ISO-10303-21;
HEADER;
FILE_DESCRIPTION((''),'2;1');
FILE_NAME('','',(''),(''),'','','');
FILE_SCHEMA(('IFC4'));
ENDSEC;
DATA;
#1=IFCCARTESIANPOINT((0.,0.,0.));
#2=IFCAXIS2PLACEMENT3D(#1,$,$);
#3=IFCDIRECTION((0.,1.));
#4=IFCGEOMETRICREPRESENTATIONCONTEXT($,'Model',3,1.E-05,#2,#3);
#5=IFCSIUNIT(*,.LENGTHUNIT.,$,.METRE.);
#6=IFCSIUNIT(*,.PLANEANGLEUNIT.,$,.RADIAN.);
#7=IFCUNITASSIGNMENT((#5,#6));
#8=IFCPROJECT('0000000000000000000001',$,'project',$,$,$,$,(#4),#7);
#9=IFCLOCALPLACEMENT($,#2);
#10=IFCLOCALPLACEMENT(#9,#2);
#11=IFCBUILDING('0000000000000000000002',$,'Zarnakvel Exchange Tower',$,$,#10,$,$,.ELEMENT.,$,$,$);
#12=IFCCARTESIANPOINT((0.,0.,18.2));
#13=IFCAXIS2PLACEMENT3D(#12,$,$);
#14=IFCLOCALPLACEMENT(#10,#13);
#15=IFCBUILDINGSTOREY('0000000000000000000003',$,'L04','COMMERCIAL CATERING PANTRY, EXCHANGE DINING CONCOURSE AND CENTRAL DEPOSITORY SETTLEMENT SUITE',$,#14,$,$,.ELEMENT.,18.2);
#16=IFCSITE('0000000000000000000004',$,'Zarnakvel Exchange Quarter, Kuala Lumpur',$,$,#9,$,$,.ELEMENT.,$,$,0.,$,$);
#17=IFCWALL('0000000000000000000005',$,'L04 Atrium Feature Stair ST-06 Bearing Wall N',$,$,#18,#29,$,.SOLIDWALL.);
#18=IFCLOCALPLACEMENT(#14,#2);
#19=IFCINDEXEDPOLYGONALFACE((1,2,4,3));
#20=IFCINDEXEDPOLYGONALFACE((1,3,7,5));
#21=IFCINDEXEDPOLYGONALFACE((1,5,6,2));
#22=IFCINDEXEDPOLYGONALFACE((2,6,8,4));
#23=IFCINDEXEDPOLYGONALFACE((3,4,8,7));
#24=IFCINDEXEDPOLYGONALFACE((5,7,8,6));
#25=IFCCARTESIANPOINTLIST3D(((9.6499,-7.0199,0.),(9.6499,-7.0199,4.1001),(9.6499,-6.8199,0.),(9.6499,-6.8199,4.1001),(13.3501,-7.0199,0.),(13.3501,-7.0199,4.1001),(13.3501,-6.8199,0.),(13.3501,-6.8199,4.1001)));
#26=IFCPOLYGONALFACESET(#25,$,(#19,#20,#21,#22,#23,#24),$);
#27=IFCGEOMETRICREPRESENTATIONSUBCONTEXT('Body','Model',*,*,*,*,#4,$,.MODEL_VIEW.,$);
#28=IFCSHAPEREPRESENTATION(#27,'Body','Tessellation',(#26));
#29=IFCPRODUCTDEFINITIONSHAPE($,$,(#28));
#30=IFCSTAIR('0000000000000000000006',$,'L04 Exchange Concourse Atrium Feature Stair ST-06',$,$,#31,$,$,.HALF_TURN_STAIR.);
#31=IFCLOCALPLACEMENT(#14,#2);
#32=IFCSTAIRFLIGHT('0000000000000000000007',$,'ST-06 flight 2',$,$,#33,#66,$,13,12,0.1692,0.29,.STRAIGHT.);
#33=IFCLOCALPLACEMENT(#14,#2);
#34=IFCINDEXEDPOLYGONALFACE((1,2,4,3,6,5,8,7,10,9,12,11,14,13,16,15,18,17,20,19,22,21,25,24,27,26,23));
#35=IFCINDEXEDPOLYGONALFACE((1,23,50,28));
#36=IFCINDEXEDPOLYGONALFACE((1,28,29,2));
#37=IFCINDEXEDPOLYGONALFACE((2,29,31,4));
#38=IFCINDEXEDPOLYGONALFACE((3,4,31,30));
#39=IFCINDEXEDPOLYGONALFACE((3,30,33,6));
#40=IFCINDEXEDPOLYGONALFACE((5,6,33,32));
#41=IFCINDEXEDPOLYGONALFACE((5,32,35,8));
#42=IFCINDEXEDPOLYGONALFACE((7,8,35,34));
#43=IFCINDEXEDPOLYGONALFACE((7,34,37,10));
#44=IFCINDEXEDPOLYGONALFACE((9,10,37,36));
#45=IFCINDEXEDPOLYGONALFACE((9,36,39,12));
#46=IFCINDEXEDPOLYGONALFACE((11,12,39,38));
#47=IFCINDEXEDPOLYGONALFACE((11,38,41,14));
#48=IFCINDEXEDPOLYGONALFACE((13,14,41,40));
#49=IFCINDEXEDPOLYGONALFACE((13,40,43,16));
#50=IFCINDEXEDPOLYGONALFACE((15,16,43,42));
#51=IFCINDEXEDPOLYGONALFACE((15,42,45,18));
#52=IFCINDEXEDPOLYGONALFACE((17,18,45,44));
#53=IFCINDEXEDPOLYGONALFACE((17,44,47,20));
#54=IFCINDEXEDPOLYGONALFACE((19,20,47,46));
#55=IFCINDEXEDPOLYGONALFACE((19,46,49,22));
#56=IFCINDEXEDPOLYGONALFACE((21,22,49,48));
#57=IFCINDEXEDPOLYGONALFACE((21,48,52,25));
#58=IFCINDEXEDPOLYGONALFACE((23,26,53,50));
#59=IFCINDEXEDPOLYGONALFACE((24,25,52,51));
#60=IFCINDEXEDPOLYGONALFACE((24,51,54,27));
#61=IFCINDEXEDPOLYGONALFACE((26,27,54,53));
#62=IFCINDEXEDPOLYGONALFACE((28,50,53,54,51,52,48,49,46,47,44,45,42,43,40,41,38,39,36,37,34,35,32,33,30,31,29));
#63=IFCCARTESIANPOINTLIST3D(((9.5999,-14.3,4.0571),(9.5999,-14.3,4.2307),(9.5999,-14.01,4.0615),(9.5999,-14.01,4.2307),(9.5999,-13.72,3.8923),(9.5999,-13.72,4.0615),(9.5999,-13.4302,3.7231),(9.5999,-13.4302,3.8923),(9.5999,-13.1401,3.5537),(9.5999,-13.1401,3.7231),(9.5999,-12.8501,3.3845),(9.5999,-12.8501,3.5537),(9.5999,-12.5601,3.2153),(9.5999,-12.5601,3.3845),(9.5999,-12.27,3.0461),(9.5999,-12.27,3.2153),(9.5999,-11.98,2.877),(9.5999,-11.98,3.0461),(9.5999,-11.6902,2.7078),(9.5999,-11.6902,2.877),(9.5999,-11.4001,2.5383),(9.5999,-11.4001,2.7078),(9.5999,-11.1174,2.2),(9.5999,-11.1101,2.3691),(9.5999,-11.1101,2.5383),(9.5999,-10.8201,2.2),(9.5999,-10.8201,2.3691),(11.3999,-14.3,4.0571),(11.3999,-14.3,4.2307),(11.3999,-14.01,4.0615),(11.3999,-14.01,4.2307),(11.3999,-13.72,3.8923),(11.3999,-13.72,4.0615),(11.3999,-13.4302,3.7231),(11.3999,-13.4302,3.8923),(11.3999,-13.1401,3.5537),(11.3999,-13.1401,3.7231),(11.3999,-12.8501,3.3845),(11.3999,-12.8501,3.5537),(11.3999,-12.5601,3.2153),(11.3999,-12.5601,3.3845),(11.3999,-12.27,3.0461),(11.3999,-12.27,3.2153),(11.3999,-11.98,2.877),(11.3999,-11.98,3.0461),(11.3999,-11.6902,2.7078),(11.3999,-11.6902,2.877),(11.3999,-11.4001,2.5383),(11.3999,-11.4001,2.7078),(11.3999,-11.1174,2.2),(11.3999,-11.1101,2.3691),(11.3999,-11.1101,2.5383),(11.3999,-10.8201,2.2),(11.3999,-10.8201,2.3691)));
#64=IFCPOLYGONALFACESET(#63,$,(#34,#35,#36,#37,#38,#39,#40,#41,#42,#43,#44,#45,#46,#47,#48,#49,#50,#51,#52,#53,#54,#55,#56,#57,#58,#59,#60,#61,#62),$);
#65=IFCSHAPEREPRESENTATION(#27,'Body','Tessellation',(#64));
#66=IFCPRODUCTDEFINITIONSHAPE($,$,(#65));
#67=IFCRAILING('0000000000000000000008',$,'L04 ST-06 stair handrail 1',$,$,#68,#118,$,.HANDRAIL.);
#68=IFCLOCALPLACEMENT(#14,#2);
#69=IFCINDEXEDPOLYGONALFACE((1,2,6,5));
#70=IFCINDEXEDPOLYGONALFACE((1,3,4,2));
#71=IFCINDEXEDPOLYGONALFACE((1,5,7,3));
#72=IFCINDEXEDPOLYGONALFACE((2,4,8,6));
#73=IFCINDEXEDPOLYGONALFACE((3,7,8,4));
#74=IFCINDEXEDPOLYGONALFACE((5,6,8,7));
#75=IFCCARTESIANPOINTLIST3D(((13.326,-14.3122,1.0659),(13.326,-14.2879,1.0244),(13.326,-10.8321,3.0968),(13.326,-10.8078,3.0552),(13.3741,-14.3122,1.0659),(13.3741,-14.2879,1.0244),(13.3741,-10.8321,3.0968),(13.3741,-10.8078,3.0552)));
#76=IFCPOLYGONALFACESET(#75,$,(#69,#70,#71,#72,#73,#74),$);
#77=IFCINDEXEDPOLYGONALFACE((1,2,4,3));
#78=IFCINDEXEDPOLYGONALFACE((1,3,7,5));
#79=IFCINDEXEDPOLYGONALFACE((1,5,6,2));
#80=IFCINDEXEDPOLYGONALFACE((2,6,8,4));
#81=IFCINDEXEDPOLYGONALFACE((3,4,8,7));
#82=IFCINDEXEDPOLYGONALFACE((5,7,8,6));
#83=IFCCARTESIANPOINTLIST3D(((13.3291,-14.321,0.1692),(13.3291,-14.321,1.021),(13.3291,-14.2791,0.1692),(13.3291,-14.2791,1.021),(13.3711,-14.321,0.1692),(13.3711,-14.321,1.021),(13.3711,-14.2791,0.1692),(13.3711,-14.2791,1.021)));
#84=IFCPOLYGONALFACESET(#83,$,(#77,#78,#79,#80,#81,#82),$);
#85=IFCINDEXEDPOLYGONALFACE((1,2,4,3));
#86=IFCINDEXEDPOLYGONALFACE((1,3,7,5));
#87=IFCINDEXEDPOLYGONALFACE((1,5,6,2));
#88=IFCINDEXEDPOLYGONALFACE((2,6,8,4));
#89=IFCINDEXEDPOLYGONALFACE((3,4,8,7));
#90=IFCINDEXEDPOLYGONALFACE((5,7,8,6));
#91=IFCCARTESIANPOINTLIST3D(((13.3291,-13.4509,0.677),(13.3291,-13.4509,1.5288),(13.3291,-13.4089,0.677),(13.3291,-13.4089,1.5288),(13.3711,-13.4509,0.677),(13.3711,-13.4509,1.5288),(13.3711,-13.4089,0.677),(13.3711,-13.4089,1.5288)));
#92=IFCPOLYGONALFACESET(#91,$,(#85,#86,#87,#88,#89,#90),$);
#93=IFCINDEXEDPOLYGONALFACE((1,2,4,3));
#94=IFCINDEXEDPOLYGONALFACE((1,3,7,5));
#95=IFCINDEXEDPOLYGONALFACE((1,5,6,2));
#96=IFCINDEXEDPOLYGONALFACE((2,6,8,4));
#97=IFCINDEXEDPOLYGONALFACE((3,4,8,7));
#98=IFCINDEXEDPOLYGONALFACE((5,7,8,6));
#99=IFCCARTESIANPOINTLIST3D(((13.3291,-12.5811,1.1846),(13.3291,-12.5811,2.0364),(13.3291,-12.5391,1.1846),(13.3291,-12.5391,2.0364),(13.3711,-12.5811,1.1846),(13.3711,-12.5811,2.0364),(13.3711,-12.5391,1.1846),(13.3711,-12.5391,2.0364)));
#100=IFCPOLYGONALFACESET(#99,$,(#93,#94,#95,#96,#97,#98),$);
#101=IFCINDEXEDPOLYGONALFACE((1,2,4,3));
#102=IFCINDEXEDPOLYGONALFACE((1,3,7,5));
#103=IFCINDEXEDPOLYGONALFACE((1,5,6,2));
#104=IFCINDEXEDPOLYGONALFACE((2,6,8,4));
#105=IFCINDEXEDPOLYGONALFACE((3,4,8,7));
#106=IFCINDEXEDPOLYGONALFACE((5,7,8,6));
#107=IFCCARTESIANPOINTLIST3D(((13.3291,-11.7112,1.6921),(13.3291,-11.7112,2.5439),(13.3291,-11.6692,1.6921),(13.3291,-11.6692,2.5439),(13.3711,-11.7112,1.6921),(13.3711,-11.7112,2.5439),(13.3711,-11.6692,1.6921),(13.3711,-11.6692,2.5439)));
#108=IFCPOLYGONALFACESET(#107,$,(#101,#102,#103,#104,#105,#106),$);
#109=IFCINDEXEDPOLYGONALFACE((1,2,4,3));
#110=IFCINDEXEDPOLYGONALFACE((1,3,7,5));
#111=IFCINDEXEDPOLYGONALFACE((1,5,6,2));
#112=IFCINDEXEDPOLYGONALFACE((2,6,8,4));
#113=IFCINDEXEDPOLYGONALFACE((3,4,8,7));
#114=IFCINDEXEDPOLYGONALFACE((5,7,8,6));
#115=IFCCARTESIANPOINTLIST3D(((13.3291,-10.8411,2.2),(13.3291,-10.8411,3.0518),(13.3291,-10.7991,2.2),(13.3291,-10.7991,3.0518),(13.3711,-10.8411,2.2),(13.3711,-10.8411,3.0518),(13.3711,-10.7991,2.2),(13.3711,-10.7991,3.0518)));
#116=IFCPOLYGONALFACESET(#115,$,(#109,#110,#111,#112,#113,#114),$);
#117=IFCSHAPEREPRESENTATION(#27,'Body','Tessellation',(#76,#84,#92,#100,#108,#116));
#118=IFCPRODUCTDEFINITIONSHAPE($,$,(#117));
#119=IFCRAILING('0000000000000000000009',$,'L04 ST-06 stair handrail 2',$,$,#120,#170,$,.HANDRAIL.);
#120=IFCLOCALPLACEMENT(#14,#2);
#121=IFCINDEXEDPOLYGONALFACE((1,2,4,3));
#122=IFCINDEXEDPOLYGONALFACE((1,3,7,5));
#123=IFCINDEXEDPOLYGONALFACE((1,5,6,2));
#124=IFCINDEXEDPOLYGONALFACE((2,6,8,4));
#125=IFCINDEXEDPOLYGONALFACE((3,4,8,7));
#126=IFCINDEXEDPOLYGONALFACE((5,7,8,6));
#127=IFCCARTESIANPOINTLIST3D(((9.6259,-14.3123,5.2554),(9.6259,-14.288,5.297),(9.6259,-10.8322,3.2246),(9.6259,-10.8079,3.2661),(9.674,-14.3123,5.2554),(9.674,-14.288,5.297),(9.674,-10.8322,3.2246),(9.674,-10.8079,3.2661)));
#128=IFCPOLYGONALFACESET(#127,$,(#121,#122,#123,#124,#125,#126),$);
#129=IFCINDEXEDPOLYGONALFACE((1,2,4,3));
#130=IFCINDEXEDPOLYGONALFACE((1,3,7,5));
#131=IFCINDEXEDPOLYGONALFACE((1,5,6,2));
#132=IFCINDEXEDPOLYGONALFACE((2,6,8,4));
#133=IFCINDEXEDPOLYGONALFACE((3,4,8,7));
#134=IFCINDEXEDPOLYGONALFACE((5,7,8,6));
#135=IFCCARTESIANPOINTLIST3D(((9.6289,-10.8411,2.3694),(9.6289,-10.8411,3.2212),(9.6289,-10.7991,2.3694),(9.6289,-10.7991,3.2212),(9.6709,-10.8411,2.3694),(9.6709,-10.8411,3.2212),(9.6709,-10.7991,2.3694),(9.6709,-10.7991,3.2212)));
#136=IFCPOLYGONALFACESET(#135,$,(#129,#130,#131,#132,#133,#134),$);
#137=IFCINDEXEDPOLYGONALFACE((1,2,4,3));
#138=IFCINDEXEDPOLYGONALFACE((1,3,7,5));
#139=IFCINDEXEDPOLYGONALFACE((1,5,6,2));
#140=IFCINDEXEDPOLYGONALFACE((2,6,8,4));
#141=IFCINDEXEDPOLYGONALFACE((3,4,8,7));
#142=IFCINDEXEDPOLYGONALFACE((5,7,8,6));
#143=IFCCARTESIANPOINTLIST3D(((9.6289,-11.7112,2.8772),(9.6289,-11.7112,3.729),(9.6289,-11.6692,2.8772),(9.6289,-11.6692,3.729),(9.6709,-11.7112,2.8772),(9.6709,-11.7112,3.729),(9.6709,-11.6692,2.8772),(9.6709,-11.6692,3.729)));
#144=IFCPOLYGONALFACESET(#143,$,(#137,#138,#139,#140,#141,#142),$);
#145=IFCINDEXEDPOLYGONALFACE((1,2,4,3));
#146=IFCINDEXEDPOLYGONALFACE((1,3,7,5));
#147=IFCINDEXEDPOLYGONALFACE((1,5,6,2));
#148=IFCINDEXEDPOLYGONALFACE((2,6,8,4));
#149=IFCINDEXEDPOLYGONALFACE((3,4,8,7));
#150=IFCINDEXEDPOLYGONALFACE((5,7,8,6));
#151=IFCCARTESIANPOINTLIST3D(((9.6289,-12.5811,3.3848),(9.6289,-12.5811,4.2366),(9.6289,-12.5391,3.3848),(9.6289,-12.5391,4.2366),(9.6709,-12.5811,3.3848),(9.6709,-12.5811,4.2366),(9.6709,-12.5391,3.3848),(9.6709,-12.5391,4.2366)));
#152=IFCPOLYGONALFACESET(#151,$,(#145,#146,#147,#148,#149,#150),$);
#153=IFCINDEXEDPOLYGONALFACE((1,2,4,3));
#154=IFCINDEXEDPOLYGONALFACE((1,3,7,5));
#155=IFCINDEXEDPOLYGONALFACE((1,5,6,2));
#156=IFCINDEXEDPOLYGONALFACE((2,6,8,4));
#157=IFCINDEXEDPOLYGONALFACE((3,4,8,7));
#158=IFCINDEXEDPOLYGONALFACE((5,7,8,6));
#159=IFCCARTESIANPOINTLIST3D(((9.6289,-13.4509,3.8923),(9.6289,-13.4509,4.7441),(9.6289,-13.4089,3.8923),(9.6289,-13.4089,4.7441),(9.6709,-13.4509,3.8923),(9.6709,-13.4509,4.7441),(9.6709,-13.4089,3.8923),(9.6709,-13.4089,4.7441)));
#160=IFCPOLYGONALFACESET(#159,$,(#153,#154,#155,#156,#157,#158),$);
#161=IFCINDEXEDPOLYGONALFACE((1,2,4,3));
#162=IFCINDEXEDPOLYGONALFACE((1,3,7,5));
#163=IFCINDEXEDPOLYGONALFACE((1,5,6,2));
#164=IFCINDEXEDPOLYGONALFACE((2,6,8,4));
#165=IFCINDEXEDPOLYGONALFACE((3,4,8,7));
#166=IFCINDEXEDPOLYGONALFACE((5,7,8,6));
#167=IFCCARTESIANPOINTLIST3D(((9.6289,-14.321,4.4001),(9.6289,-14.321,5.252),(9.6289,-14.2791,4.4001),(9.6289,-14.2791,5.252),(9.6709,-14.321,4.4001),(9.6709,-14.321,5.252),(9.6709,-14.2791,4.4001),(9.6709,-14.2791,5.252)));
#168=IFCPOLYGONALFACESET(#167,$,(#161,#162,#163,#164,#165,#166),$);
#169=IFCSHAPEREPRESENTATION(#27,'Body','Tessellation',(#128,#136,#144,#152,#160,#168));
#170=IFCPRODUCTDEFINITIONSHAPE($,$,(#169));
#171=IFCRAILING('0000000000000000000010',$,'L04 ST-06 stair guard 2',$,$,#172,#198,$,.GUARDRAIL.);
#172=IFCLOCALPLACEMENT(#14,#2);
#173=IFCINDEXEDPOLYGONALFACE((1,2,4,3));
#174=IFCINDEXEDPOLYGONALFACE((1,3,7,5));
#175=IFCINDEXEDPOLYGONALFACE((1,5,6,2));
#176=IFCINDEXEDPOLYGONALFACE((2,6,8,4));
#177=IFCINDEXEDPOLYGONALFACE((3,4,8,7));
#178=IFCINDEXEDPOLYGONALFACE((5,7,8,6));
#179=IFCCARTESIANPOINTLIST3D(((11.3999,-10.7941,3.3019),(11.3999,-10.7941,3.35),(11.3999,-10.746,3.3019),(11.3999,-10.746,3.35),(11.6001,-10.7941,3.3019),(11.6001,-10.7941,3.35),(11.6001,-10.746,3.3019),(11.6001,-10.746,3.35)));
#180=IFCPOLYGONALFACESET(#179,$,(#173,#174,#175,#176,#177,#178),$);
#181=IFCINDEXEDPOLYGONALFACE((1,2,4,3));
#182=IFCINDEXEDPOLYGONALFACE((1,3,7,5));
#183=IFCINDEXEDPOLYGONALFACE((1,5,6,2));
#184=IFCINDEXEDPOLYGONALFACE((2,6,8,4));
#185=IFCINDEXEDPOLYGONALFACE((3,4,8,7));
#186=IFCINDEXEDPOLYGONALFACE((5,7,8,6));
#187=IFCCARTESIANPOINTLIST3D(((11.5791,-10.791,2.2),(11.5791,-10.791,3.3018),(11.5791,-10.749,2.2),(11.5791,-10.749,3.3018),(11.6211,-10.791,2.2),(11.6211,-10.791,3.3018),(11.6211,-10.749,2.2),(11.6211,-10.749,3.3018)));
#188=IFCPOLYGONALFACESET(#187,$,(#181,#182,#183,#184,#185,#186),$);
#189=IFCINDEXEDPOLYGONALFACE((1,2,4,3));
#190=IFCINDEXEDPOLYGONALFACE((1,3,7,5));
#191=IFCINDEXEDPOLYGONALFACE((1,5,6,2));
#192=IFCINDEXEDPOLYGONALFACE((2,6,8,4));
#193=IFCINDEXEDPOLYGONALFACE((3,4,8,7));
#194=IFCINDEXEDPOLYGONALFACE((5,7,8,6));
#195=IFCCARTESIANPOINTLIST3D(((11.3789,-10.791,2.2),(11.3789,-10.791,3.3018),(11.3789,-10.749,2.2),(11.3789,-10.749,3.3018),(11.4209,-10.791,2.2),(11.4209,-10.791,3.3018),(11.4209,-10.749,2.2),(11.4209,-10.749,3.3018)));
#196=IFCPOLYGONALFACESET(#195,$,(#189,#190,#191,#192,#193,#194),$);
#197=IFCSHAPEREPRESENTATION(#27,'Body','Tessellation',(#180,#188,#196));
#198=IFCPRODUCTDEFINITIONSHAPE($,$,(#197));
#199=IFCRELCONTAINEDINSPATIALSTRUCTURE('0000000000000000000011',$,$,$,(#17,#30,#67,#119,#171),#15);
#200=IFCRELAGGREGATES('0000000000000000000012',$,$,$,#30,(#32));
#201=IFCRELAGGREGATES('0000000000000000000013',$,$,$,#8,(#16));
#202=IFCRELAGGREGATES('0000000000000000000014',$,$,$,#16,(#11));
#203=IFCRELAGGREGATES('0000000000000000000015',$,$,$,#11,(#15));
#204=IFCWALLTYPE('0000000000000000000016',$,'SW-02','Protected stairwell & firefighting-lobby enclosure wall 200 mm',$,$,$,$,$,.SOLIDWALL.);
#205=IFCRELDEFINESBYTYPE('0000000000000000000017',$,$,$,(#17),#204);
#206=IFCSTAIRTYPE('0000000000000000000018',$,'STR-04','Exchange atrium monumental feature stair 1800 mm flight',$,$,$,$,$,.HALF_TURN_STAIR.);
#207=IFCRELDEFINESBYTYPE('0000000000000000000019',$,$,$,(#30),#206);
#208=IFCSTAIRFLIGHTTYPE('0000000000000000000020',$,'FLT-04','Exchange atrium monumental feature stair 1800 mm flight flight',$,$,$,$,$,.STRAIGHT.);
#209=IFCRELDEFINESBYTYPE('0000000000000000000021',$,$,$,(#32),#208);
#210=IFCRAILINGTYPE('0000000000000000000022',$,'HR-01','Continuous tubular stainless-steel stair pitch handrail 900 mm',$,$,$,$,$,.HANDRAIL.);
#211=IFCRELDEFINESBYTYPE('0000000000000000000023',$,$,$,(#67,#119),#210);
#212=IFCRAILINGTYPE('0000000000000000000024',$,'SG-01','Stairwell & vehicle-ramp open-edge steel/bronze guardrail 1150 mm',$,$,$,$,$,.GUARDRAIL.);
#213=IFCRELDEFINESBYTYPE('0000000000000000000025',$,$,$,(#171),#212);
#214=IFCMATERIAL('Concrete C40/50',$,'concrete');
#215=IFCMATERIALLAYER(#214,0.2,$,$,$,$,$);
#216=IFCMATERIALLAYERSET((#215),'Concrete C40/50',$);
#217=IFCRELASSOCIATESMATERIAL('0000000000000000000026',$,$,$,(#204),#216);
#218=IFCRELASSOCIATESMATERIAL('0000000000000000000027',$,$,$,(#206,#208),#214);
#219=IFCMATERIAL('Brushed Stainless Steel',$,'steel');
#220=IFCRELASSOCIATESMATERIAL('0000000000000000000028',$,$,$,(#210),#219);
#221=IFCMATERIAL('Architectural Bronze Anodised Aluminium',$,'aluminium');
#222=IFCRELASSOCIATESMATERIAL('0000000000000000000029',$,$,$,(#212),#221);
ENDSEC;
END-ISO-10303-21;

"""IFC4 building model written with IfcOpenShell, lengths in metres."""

from ifc_helpers import new_model, si_unit, direction, frame, frame_2d, origin, origin_2d, place, context, subcontext, project, spatial, polyline, rectangle, outline, extrude, material, layer, layer_set, type_object, element, aggregate, save


model = new_model("IFC4")

# Units and contexts
model_context = context("Model", 3, precision=1e-05, world=origin(), true_north=direction((0.0, 1.0)))
body_context = subcontext(model_context, "Body", "Model", "MODEL_VIEW")
ifc_project = project(units=[si_unit("LENGTHUNIT", "METRE"), si_unit("PLANEANGLEUNIT", "RADIAN")], contexts=[model_context])

# Site, building, storey
site_placement = place(None, origin())
site = spatial("IfcSite", under=ifc_project, at=site_placement, Name="Zarnakvel Exchange Quarter, Kuala Lumpur", CompositionType="ELEMENT", RefElevation=0.0)
building_placement = place(site_placement, origin())
building = spatial("IfcBuilding", under=site, at=building_placement, Name="Zarnakvel Exchange Tower", CompositionType="ELEMENT")
storey_placement = place(building_placement, frame((0.0, 0.0, 18.2)))
storey = spatial("IfcBuildingStorey", under=building, at=storey_placement, Name="L04", Description="COMMERCIAL CATERING PANTRY, EXCHANGE DINING CONCOURSE AND CENTRAL DEPOSITORY SETTLEMENT SUITE", CompositionType="ELEMENT", Elevation=18.2)

# Wall
ifc_material_1 = material(Name="Concrete C40/50", Category="concrete")
ifc_layer_1 = layer(ifc_material_1, 0.2)
ifc_layer_set_1 = layer_set([ifc_layer_1], Name="Concrete C40/50")
wall_type_1 = type_object("IfcWallType", Name="SW-02", Description="Protected stairwell & firefighting-lobby enclosure wall 200 mm", PredefinedType="SOLIDWALL", material=ifc_layer_set_1)
wall_1_placement = place(storey_placement, frame((9.6499, -6.9199, 0.0), z_axis=(0.0, 0.0, 1.0), x_axis=(1.0, 0.0, 0.0)))
element("IfcWall", 1, at=wall_1_placement, inside=storey, type_object=wall_type_1, Name="L04 Atrium Feature Stair ST-06 Bearing Wall N", PredefinedType="SOLIDWALL", context=body_context, shape_type="SweptSolid", body=[
    extrude(rectangle(XDim=3.7002, YDim=0.2, at=frame_2d((1.8501, 0.0))), origin(), (0.0, 0.0, 1.0), 4.1001),
])

# Stair, stair flight
stair_type = type_object("IfcStairType", Name="STR-04", Description="Exchange atrium monumental feature stair 1800 mm flight", PredefinedType="HALF_TURN_STAIR", material=ifc_material_1)
stair_placement = place(storey_placement, origin())
stair = element("IfcStair", 2, at=stair_placement, inside=storey, type_object=stair_type, Name="L04 Exchange Concourse Atrium Feature Stair ST-06", PredefinedType="HALF_TURN_STAIR")
stair_flight_type = type_object("IfcStairFlightType", Name="FLT-04", Description="Exchange atrium monumental feature stair 1800 mm flight flight", PredefinedType="STRAIGHT", material=ifc_material_1)
stair_flight_placement = place(storey_placement, frame((10.5, -10.8201, 2.2), z_axis=(0.0, 0.0, 1.0), x_axis=(0.0, -1.0, 0.0)))
stair_flight = element("IfcStairFlight", 3, at=stair_flight_placement, type_object=stair_flight_type, Name="ST-06 flight 2", NumberOfRisers=13, NumberOfTreads=12, PredefinedType="STRAIGHT", RiserHeight=0.1692, TreadLength=0.29, context=body_context, shape_type="SweptSolid", body=[
    extrude(outline(polyline([(0.0, 0.0), (0.0, 0.1692), (0.29, 0.1692), (0.29, 0.3384), (0.5801, 0.3384), (0.5801, 0.5078), (0.8701, 0.5078), (0.8701, 0.677), (1.1599, 0.677), (1.1599, 0.8462), (1.45, 0.8462), (1.45, 1.0154), (1.74, 1.0154), (1.74, 1.1846), (2.03, 1.1846), (2.03, 1.3538), (2.3201, 1.3538), (2.3201, 1.5232), (2.6101, 1.5232), (2.6101, 1.6924), (2.8999, 1.6924), (2.8999, 1.8616), (3.1899, 1.8616), (3.1899, 2.0308), (3.48, 2.0308), (3.48, 2.2), (3.48, 1.8572), (0.2974, 0.0), (0.0, 0.0)])), frame((0.0, 0.8999, 0.0), z_axis=(0.0, -1.0, 0.0), x_axis=(1.0, 0.0, 0.0)), (0.0, 0.0, 1.0), 1.8),
])
aggregate(stair, [stair_flight])

# Railings
ifc_material_2 = material(Name="Brushed Stainless Steel", Category="steel")
railing_type_1 = type_object("IfcRailingType", Name="HR-01", Description="Continuous tubular stainless-steel stair pitch handrail 900 mm", PredefinedType="HANDRAIL", material=ifc_material_2)
railing_1_placement = place(storey_placement, frame((13.3501, -14.3, 0.1692)))
element("IfcRailing", 4, at=railing_1_placement, inside=storey, type_object=railing_type_1, Name="L04 ST-06 stair handrail 1", PredefinedType="HANDRAIL", context=body_context, shape_type="SweptSolid", body=[
    extrude(rectangle(XDim=0.0481, YDim=0.0481, at=origin_2d()), frame((0.0, 0.0, 0.876), z_axis=(0.0, 0.863695, 0.504014), x_axis=(-1.0, 0.0, 0.0)), (0.0, 0.0, 1.0), 4.0293),
    extrude(rectangle(XDim=0.042, YDim=0.042, at=origin_2d()), origin(), (0.0, 0.0, 1.0), 0.8518),
    extrude(rectangle(XDim=0.042, YDim=0.042, at=origin_2d()), frame((0.0, 0.8701, 0.5078)), (0.0, 0.0, 1.0), 0.8518),
    extrude(rectangle(XDim=0.042, YDim=0.042, at=origin_2d()), frame((0.0, 1.74, 1.0154)), (0.0, 0.0, 1.0), 0.8518),
    extrude(rectangle(XDim=0.042, YDim=0.042, at=origin_2d()), frame((0.0, 2.6099, 1.5229)), (0.0, 0.0, 1.0), 0.8518),
    extrude(rectangle(XDim=0.042, YDim=0.042, at=origin_2d()), frame((0.0, 3.48, 2.0308)), (0.0, 0.0, 1.0), 0.8518),
])
railing_2_placement = place(storey_placement, frame((9.6499, -10.8201, 2.3694)))
element("IfcRailing", 5, at=railing_2_placement, inside=storey, type_object=railing_type_1, Name="L04 ST-06 stair handrail 2", PredefinedType="HANDRAIL", context=body_context, shape_type="SweptSolid", body=[
    extrude(rectangle(XDim=0.0481, YDim=0.0481, at=origin_2d()), frame((0.0, 0.0, 0.876), z_axis=(0.0, -0.863695, 0.504014), x_axis=(1.0, 0.0, 0.0)), (0.0, 0.0, 1.0), 4.0293),
    extrude(rectangle(XDim=0.042, YDim=0.042, at=origin_2d()), origin(), (0.0, 0.0, 1.0), 0.8518),
    extrude(rectangle(XDim=0.042, YDim=0.042, at=origin_2d()), frame((0.0, -0.8701, 0.5078)), (0.0, 0.0, 1.0), 0.8518),
    extrude(rectangle(XDim=0.042, YDim=0.042, at=origin_2d()), frame((0.0, -1.74, 1.0154)), (0.0, 0.0, 1.0), 0.8518),
    extrude(rectangle(XDim=0.042, YDim=0.042, at=origin_2d()), frame((0.0, -2.6099, 1.5229)), (0.0, 0.0, 1.0), 0.8518),
    extrude(rectangle(XDim=0.042, YDim=0.042, at=origin_2d()), frame((0.0, -3.48, 2.0308)), (0.0, 0.0, 1.0), 0.8518),
])
ifc_material_3 = material(Name="Architectural Bronze Anodised Aluminium", Category="aluminium")
railing_type_2 = type_object("IfcRailingType", Name="SG-01", Description="Stairwell & vehicle-ramp open-edge steel/bronze guardrail 1150 mm", PredefinedType="GUARDRAIL", material=ifc_material_3)
railing_3_placement = place(storey_placement, frame((11.6001, -10.77, 2.2)))
element("IfcRailing", 6, at=railing_3_placement, inside=storey, type_object=railing_type_2, Name="L04 ST-06 stair guard 2", PredefinedType="GUARDRAIL", context=body_context, shape_type="SweptSolid", body=[
    extrude(rectangle(XDim=0.0481, YDim=0.0481, at=origin_2d()), frame((0.0, 0.0, 1.126), z_axis=(-1.0, 0.0, 0.0), x_axis=(0.0, -1.0, 0.0)), (0.0, 0.0, 1.0), 0.2002),
    extrude(rectangle(XDim=0.042, YDim=0.042, at=origin_2d()), origin(), (0.0, 0.0, 1.0), 1.1018),
    extrude(rectangle(XDim=0.042, YDim=0.042, at=origin_2d()), frame((-0.2002, 0.0, 0.0)), (0.0, 0.0, 1.0), 1.1018),
])

save(model, "model.ifc")
